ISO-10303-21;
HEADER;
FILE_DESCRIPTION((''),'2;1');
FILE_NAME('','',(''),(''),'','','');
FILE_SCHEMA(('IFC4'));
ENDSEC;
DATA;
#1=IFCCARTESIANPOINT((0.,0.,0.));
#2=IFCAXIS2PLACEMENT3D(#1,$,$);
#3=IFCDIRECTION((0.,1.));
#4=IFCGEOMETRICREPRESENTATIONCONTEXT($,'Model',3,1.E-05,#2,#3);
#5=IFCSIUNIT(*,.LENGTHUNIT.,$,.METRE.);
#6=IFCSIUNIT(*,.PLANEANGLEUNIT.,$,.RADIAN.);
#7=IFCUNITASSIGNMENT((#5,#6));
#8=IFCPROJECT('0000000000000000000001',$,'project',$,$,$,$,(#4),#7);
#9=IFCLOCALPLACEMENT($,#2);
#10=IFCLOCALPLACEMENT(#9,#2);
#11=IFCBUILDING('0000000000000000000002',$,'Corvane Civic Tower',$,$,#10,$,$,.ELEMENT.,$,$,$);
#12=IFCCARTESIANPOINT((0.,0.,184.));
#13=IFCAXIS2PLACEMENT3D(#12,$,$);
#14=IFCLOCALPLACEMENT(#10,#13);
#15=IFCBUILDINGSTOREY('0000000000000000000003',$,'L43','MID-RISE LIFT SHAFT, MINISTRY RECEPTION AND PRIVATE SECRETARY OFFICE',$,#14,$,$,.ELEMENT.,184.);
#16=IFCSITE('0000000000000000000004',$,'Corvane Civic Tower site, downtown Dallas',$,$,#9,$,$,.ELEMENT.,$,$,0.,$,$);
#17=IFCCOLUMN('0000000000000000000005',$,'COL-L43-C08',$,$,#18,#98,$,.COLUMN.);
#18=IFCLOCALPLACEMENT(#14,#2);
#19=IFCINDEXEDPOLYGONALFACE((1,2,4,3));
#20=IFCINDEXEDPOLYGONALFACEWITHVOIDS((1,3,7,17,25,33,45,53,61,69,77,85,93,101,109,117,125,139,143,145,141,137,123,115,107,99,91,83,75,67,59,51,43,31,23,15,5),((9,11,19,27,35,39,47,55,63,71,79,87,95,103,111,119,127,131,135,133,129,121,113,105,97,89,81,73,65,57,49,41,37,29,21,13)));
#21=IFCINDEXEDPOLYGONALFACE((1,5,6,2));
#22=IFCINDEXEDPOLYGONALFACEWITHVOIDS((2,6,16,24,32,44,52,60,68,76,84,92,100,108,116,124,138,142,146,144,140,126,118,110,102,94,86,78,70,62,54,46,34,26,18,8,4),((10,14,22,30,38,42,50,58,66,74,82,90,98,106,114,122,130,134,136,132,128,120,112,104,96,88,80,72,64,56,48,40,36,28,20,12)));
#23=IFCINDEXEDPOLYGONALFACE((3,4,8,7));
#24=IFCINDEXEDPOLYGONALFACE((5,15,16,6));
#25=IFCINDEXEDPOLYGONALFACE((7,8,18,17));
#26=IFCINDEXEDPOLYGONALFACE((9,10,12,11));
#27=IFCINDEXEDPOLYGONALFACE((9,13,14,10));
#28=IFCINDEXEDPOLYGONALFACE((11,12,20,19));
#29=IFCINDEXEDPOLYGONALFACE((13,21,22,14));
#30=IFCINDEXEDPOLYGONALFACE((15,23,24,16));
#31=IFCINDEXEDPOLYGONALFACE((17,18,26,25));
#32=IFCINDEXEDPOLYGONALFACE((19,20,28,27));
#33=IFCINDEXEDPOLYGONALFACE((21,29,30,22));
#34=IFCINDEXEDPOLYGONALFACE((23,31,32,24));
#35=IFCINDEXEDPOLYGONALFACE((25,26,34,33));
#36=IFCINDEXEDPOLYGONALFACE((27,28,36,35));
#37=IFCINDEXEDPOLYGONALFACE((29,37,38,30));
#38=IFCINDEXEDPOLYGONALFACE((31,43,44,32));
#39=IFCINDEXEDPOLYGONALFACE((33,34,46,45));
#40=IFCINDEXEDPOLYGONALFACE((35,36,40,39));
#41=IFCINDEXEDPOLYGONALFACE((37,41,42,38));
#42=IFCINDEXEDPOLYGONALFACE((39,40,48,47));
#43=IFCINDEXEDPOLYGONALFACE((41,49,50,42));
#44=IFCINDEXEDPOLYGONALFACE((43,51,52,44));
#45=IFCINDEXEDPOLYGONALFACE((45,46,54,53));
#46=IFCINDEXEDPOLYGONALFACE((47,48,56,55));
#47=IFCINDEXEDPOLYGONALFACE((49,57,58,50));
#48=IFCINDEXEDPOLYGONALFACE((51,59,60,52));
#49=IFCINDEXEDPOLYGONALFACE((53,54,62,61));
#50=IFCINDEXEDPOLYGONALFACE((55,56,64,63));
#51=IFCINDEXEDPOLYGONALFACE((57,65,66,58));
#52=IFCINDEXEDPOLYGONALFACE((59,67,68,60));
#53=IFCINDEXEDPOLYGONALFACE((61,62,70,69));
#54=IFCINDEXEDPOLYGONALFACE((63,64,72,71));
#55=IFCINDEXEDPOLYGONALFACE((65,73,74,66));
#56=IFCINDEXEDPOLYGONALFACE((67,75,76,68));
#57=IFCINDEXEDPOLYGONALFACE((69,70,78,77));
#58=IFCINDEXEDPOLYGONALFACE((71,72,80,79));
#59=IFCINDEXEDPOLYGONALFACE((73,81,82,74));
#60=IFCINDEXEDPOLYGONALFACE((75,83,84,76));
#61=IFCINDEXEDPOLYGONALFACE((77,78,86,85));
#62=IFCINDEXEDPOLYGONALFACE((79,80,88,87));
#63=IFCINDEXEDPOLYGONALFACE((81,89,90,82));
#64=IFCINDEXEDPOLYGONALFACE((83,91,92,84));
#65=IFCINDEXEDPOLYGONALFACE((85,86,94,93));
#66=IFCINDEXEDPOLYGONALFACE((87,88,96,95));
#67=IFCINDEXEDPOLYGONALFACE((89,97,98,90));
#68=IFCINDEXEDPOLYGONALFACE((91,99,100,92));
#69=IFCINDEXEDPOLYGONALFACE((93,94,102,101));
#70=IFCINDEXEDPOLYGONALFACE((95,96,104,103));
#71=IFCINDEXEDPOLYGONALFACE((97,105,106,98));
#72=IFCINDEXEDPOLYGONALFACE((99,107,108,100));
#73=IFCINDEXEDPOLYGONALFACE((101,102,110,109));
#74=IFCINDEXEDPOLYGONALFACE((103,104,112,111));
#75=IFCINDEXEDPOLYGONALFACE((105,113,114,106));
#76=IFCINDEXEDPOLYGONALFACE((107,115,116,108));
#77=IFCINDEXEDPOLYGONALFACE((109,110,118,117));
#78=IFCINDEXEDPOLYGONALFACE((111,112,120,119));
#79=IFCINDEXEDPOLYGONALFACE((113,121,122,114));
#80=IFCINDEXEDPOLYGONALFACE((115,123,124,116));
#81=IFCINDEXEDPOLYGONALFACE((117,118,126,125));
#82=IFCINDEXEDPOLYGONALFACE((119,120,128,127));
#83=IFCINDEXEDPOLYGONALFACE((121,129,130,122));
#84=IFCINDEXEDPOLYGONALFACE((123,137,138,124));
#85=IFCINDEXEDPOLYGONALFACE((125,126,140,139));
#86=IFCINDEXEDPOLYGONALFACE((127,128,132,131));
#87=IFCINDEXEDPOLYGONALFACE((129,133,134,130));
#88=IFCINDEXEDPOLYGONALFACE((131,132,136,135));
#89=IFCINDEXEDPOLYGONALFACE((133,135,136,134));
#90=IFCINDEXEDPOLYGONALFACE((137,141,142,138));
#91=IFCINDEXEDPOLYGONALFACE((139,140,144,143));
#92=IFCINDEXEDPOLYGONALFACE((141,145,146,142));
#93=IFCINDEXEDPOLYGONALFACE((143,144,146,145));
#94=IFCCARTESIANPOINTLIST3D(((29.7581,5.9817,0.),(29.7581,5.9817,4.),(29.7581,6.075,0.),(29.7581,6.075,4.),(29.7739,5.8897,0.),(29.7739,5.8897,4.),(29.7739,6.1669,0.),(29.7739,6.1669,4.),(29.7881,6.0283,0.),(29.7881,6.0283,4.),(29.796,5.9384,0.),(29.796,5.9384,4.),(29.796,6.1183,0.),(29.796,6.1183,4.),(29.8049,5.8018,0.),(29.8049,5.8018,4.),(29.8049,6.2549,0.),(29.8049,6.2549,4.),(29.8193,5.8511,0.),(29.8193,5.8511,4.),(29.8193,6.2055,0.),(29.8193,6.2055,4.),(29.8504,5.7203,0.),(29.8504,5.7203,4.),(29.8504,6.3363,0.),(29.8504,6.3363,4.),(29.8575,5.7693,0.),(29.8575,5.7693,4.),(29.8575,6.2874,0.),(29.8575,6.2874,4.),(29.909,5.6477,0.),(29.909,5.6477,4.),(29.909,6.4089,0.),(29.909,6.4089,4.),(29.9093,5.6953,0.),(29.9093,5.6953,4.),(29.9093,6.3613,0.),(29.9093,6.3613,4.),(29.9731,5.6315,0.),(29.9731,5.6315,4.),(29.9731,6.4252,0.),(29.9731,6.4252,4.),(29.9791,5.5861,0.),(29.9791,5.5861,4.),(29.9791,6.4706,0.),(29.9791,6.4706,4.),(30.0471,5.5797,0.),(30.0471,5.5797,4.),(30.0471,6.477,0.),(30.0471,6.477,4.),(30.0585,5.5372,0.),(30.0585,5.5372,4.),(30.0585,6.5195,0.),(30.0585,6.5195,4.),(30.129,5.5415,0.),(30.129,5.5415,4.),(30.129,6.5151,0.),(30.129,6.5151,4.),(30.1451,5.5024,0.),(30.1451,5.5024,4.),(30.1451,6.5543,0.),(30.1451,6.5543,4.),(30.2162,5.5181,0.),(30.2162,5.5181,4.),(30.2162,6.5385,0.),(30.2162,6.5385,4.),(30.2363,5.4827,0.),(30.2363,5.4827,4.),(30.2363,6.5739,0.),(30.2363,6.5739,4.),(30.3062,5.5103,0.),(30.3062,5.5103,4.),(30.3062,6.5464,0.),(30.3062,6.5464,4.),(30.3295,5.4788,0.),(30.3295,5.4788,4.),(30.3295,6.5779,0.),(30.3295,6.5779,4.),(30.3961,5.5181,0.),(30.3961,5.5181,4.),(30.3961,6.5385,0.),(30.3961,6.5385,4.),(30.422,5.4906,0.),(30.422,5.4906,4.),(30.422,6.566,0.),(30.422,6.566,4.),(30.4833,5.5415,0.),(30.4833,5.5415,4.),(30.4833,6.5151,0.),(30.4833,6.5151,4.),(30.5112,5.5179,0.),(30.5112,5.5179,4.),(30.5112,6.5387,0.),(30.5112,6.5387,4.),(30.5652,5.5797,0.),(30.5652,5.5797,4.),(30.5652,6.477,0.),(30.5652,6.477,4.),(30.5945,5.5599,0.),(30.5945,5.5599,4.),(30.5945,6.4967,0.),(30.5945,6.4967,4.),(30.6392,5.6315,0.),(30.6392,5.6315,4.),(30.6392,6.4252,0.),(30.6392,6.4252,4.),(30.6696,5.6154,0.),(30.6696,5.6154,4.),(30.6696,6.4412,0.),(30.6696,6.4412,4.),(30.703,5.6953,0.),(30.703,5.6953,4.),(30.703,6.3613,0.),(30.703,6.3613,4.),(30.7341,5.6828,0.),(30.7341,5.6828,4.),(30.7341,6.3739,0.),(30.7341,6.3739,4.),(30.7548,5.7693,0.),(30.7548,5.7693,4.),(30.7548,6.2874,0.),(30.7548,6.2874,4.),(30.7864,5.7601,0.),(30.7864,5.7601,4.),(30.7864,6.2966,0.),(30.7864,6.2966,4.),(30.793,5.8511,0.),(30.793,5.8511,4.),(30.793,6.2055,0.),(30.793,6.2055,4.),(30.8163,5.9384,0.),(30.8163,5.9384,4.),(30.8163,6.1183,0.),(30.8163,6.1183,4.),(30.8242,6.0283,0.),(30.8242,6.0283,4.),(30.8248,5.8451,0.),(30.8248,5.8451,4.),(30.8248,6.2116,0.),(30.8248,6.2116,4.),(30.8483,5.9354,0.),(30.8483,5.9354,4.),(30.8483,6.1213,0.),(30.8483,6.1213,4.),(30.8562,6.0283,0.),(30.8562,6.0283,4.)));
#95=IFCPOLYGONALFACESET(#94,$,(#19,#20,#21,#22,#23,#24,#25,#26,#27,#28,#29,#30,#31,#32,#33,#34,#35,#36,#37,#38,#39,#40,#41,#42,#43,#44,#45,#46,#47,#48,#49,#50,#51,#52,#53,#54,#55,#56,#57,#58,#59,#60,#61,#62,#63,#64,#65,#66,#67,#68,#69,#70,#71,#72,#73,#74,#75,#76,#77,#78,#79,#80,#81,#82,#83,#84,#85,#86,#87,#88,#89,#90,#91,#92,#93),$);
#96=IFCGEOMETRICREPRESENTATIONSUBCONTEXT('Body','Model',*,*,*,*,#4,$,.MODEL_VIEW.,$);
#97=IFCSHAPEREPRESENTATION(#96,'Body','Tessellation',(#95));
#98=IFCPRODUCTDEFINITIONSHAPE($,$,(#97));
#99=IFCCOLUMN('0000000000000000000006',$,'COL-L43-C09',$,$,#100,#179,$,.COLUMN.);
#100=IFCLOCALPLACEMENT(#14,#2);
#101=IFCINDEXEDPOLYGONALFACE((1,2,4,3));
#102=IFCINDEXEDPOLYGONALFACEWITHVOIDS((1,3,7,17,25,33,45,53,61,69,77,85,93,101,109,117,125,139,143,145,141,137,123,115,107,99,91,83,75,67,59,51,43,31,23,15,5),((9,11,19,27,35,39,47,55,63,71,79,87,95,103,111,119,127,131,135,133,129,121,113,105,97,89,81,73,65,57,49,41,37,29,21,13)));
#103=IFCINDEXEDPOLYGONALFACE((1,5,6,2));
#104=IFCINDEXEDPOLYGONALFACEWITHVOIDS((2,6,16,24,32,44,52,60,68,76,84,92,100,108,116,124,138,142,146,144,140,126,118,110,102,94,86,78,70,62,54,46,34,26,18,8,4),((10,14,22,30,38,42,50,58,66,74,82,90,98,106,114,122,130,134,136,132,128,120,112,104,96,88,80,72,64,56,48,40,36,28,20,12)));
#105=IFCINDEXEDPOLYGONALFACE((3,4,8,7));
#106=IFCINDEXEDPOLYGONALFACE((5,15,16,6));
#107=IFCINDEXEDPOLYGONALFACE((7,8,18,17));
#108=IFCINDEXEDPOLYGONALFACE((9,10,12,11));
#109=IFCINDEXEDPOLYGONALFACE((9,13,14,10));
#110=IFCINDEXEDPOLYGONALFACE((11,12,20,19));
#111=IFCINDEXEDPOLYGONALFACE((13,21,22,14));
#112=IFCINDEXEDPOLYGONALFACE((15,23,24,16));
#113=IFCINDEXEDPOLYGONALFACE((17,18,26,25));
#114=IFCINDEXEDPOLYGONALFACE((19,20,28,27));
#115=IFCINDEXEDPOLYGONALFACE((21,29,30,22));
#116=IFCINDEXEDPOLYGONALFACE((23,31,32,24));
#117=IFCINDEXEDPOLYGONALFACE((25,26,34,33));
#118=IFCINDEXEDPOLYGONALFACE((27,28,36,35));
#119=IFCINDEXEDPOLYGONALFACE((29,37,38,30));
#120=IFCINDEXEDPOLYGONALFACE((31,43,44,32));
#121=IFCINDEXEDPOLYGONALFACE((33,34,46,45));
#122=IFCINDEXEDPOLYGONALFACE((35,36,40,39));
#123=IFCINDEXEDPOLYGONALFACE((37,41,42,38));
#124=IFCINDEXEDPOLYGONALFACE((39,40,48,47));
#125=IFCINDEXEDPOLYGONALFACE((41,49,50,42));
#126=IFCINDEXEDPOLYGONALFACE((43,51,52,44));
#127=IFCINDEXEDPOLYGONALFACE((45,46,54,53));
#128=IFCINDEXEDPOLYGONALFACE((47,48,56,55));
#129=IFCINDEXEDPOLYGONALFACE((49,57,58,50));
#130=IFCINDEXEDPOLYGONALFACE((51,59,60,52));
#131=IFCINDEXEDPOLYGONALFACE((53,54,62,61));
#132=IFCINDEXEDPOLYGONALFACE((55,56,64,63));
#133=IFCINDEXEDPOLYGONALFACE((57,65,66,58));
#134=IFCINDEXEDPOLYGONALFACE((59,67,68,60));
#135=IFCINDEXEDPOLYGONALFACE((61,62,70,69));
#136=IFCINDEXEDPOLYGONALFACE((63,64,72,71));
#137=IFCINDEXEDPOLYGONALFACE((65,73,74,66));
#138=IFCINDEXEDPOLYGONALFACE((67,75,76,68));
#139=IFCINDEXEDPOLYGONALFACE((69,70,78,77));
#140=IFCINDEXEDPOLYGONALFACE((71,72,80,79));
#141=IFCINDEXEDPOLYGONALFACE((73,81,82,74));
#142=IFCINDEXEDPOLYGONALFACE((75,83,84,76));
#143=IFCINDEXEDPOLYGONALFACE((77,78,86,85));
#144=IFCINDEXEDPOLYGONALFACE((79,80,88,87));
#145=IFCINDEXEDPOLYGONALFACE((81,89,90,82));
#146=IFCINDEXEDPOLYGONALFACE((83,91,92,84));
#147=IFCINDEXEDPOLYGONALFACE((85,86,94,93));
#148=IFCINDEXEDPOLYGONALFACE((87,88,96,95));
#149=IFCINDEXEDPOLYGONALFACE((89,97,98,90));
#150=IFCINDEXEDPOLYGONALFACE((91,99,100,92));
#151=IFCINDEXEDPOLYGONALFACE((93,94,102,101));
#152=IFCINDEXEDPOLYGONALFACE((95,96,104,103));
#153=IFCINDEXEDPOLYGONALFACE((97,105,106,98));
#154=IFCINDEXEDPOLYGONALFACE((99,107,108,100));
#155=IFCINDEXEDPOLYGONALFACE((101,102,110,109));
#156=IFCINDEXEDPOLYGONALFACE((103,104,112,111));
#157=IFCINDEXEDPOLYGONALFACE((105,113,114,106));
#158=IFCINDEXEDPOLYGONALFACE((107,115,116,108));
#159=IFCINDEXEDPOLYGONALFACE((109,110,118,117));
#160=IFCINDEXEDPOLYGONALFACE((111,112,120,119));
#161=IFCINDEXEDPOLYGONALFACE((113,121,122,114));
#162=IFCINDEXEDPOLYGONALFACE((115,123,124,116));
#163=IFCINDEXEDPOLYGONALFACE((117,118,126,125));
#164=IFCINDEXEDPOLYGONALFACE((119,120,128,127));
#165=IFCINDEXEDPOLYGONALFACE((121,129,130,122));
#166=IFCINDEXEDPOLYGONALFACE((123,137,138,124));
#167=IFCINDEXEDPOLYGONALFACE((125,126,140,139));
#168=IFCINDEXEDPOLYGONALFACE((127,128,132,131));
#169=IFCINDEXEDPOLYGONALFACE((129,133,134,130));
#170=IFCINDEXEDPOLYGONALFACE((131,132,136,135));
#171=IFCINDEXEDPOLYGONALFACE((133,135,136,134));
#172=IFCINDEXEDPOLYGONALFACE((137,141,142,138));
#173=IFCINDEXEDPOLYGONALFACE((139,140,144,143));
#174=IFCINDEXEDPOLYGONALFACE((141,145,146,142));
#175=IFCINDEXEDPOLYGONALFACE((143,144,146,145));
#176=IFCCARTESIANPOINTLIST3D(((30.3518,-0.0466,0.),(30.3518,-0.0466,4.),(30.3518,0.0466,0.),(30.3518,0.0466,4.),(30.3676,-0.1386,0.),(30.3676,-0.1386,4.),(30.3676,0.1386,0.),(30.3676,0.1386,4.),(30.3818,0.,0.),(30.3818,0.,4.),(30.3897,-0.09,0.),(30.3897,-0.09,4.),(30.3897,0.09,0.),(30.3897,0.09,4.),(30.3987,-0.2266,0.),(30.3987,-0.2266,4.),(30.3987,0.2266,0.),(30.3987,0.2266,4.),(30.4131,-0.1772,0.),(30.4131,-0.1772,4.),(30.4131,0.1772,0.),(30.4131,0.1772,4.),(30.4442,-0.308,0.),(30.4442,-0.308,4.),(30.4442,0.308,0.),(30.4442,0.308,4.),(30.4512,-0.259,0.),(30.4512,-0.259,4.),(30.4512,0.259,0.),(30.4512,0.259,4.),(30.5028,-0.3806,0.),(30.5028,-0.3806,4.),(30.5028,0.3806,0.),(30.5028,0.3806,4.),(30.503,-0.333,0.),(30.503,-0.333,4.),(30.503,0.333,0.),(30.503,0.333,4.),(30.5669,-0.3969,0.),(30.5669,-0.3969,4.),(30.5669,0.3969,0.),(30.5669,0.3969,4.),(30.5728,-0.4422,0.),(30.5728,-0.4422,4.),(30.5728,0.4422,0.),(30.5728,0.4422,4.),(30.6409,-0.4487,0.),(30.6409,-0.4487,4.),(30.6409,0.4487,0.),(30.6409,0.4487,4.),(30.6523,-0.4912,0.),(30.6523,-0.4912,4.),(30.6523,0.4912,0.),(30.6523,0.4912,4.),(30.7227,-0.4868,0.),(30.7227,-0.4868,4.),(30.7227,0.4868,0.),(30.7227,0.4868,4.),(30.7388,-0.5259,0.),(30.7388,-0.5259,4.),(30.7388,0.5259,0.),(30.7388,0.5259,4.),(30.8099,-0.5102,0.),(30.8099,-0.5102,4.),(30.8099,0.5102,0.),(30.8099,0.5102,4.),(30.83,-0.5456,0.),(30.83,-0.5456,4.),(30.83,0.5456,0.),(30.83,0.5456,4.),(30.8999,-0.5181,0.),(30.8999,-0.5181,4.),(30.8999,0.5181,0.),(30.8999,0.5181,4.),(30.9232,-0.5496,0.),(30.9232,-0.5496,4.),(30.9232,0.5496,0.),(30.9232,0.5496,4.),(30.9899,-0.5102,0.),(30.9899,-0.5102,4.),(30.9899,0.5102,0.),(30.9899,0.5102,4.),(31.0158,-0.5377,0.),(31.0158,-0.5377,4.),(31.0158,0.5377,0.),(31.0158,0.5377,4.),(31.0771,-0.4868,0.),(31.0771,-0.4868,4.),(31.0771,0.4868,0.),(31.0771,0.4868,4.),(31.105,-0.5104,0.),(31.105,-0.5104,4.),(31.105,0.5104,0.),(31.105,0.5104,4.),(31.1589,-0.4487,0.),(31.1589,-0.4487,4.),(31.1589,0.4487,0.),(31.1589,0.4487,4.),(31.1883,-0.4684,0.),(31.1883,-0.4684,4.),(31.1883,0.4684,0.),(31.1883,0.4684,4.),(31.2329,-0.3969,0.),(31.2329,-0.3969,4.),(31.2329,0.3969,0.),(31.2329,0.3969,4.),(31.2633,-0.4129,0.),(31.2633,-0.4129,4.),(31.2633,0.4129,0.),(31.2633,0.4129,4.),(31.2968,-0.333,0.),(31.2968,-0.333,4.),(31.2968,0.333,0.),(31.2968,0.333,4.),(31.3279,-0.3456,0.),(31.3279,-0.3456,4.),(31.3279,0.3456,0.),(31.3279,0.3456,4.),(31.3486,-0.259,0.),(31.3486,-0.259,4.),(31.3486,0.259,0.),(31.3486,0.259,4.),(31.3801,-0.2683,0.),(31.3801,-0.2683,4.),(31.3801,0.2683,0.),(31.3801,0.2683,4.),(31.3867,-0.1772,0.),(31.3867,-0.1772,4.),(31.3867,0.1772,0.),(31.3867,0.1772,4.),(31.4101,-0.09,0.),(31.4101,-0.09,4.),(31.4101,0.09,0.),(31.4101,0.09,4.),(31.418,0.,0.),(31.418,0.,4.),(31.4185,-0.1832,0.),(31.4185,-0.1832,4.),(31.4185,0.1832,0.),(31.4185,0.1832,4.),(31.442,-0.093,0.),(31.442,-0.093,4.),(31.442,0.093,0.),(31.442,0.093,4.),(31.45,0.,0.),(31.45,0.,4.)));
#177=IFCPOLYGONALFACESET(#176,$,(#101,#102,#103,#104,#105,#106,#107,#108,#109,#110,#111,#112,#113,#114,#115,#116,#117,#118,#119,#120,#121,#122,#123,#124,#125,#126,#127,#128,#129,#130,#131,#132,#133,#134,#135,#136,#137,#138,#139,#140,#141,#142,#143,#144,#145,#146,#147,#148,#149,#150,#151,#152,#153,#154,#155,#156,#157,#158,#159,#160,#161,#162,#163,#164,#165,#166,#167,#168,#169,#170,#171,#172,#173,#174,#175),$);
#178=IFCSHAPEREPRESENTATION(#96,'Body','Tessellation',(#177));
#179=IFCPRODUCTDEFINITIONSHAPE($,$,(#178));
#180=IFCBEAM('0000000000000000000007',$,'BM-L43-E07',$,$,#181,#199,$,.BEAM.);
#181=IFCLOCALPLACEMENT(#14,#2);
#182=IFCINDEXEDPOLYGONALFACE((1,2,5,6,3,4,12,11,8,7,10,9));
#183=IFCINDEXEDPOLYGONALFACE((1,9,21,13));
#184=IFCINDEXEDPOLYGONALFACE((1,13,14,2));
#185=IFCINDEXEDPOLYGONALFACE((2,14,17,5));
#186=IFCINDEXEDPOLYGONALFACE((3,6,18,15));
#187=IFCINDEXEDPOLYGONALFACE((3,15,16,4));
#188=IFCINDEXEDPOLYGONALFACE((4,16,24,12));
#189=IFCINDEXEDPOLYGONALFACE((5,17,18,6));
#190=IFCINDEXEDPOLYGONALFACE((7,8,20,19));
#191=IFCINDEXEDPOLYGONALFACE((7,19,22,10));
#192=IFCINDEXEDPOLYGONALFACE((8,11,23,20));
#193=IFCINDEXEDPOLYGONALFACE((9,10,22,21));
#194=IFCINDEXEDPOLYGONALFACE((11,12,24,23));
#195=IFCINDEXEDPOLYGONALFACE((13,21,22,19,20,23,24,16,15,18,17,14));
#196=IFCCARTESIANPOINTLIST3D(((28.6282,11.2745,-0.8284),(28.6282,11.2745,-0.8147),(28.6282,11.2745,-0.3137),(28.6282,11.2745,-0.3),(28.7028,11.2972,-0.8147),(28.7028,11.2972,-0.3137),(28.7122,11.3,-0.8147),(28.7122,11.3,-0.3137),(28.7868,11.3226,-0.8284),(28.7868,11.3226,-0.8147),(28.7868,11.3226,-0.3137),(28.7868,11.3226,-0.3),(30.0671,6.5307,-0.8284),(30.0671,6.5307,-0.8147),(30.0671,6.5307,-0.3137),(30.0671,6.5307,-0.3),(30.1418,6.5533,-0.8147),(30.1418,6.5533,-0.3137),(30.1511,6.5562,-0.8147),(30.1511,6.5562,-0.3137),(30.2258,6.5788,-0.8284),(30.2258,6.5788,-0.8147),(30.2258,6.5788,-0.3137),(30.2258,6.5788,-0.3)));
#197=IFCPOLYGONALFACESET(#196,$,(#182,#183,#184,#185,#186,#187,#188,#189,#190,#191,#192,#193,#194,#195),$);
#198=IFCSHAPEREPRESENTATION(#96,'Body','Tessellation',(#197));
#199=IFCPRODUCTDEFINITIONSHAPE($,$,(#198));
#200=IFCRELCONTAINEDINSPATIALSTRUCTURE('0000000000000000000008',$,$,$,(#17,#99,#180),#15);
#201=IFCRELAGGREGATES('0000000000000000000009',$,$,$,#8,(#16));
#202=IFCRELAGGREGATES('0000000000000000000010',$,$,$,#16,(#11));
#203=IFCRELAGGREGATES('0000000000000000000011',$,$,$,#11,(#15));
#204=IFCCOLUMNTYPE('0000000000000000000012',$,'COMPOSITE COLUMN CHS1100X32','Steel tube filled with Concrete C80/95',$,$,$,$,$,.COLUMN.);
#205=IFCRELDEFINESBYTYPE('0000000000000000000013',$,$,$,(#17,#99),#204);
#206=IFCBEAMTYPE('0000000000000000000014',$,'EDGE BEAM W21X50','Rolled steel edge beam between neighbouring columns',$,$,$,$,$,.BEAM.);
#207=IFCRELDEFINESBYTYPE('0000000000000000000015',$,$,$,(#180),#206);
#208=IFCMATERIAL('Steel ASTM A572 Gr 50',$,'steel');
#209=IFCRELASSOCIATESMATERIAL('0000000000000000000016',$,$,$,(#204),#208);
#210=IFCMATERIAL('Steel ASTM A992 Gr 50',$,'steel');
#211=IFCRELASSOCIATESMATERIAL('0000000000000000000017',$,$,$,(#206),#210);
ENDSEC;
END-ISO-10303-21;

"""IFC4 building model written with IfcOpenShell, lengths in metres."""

from ifc_helpers import new_model, si_unit, direction, frame, origin, origin_2d, place, context, subcontext, project, spatial, hollow_circle, i_section, extrude, material, material_profile, profile_set, type_object, element, save


model = new_model("IFC4")

# Units and contexts
model_context = context("Model", 3, precision=1e-05, world=origin(), true_north=direction((0.0, 1.0)))
body_context = subcontext(model_context, "Body", "Model", "MODEL_VIEW")
ifc_project = project(units=[si_unit("LENGTHUNIT", "METRE"), si_unit("PLANEANGLEUNIT", "RADIAN")], contexts=[model_context])

# Site, building, storey
site_placement = place(None, origin())
site = spatial("IfcSite", under=ifc_project, at=site_placement, Name="Corvane Civic Tower site, downtown Dallas", CompositionType="ELEMENT", RefElevation=0.0)
building_placement = place(site_placement, origin())
building = spatial("IfcBuilding", under=site, at=building_placement, Name="Corvane Civic Tower", CompositionType="ELEMENT")
storey_placement = place(building_placement, frame((0.0, 0.0, 184.0)))
storey = spatial("IfcBuildingStorey", under=building, at=storey_placement, Name="L43", Description="MID-RISE LIFT SHAFT, MINISTRY RECEPTION AND PRIVATE SECRETARY OFFICE", CompositionType="ELEMENT", Elevation=184.0)

# Columns
ifc_material_1 = material(Name="Steel ASTM A572 Gr 50", Category="steel")
ifc_material_profile_1 = material_profile(ifc_material_1, hollow_circle(Radius=0.55, WallThickness=0.032, at=origin_2d()), Name="CHS1100X32")
ifc_profile_set_1 = profile_set([ifc_material_profile_1], Name="Steel ASTM A572 Gr 50")
column_type = type_object("IfcColumnType", Name="COMPOSITE COLUMN CHS1100X32", Description="Steel tube filled with Concrete C80/95", PredefinedType="COLUMN", material=ifc_profile_set_1)
for number, where, z_axis, x_axis, name in (
    (1, (30.3062, 6.0283, 0.0), (0.0, 0.0, 1.0), (1.0, 0.0, 0.0), "COL-L43-C08"),
    (2, (30.8999, 0.0, 0.0), (0.0, 0.0, 1.0), (1.0, 0.0, 0.0), "COL-L43-C09"),
):
    element("IfcColumn", number, at=place(storey_placement, frame(where, z_axis=z_axis, x_axis=x_axis)), inside=storey, type_object=column_type, Name=name, PredefinedType="COLUMN", context=body_context, shape_type="SweptSolid", body=[
        extrude(hollow_circle(Radius=0.55, WallThickness=0.032, at=origin_2d()), origin(), (0.0, 0.0, 1.0), 4.0),
    ])

# Beam
ifc_material_2 = material(Name="Steel ASTM A992 Gr 50", Category="steel")
ifc_material_profile_2 = material_profile(ifc_material_2, i_section(OverallWidth=0.1658, OverallDepth=0.5283, WebThickness=0.0098, FlangeThickness=0.0137, at=origin_2d()), Name="W21X50")
ifc_profile_set_2 = profile_set([ifc_material_profile_2], Name="Steel ASTM A992 Gr 50")
beam_type_1 = type_object("IfcBeamType", Name="EDGE BEAM W21X50", Description="Rolled steel edge beam between neighbouring columns", PredefinedType="BEAM", material=ifc_profile_set_2)
beam_1_placement = place(storey_placement, frame((28.7075, 11.2986, -0.5642), z_axis=(0.29027, -0.956945, 0.0), x_axis=(0.956945, 0.29027, 0.0)))
element("IfcBeam", 3, at=beam_1_placement, inside=storey, type_object=beam_type_1, Name="BM-L43-E07", PredefinedType="BEAM", context=body_context, shape_type="SweptSolid", body=[
    extrude(i_section(OverallWidth=0.1658, OverallDepth=0.5283, WebThickness=0.0098, FlangeThickness=0.0137, at=origin_2d()), origin(), (0.0, 0.0, 1.0), 4.9573),
])

save(model, "model.ifc")
